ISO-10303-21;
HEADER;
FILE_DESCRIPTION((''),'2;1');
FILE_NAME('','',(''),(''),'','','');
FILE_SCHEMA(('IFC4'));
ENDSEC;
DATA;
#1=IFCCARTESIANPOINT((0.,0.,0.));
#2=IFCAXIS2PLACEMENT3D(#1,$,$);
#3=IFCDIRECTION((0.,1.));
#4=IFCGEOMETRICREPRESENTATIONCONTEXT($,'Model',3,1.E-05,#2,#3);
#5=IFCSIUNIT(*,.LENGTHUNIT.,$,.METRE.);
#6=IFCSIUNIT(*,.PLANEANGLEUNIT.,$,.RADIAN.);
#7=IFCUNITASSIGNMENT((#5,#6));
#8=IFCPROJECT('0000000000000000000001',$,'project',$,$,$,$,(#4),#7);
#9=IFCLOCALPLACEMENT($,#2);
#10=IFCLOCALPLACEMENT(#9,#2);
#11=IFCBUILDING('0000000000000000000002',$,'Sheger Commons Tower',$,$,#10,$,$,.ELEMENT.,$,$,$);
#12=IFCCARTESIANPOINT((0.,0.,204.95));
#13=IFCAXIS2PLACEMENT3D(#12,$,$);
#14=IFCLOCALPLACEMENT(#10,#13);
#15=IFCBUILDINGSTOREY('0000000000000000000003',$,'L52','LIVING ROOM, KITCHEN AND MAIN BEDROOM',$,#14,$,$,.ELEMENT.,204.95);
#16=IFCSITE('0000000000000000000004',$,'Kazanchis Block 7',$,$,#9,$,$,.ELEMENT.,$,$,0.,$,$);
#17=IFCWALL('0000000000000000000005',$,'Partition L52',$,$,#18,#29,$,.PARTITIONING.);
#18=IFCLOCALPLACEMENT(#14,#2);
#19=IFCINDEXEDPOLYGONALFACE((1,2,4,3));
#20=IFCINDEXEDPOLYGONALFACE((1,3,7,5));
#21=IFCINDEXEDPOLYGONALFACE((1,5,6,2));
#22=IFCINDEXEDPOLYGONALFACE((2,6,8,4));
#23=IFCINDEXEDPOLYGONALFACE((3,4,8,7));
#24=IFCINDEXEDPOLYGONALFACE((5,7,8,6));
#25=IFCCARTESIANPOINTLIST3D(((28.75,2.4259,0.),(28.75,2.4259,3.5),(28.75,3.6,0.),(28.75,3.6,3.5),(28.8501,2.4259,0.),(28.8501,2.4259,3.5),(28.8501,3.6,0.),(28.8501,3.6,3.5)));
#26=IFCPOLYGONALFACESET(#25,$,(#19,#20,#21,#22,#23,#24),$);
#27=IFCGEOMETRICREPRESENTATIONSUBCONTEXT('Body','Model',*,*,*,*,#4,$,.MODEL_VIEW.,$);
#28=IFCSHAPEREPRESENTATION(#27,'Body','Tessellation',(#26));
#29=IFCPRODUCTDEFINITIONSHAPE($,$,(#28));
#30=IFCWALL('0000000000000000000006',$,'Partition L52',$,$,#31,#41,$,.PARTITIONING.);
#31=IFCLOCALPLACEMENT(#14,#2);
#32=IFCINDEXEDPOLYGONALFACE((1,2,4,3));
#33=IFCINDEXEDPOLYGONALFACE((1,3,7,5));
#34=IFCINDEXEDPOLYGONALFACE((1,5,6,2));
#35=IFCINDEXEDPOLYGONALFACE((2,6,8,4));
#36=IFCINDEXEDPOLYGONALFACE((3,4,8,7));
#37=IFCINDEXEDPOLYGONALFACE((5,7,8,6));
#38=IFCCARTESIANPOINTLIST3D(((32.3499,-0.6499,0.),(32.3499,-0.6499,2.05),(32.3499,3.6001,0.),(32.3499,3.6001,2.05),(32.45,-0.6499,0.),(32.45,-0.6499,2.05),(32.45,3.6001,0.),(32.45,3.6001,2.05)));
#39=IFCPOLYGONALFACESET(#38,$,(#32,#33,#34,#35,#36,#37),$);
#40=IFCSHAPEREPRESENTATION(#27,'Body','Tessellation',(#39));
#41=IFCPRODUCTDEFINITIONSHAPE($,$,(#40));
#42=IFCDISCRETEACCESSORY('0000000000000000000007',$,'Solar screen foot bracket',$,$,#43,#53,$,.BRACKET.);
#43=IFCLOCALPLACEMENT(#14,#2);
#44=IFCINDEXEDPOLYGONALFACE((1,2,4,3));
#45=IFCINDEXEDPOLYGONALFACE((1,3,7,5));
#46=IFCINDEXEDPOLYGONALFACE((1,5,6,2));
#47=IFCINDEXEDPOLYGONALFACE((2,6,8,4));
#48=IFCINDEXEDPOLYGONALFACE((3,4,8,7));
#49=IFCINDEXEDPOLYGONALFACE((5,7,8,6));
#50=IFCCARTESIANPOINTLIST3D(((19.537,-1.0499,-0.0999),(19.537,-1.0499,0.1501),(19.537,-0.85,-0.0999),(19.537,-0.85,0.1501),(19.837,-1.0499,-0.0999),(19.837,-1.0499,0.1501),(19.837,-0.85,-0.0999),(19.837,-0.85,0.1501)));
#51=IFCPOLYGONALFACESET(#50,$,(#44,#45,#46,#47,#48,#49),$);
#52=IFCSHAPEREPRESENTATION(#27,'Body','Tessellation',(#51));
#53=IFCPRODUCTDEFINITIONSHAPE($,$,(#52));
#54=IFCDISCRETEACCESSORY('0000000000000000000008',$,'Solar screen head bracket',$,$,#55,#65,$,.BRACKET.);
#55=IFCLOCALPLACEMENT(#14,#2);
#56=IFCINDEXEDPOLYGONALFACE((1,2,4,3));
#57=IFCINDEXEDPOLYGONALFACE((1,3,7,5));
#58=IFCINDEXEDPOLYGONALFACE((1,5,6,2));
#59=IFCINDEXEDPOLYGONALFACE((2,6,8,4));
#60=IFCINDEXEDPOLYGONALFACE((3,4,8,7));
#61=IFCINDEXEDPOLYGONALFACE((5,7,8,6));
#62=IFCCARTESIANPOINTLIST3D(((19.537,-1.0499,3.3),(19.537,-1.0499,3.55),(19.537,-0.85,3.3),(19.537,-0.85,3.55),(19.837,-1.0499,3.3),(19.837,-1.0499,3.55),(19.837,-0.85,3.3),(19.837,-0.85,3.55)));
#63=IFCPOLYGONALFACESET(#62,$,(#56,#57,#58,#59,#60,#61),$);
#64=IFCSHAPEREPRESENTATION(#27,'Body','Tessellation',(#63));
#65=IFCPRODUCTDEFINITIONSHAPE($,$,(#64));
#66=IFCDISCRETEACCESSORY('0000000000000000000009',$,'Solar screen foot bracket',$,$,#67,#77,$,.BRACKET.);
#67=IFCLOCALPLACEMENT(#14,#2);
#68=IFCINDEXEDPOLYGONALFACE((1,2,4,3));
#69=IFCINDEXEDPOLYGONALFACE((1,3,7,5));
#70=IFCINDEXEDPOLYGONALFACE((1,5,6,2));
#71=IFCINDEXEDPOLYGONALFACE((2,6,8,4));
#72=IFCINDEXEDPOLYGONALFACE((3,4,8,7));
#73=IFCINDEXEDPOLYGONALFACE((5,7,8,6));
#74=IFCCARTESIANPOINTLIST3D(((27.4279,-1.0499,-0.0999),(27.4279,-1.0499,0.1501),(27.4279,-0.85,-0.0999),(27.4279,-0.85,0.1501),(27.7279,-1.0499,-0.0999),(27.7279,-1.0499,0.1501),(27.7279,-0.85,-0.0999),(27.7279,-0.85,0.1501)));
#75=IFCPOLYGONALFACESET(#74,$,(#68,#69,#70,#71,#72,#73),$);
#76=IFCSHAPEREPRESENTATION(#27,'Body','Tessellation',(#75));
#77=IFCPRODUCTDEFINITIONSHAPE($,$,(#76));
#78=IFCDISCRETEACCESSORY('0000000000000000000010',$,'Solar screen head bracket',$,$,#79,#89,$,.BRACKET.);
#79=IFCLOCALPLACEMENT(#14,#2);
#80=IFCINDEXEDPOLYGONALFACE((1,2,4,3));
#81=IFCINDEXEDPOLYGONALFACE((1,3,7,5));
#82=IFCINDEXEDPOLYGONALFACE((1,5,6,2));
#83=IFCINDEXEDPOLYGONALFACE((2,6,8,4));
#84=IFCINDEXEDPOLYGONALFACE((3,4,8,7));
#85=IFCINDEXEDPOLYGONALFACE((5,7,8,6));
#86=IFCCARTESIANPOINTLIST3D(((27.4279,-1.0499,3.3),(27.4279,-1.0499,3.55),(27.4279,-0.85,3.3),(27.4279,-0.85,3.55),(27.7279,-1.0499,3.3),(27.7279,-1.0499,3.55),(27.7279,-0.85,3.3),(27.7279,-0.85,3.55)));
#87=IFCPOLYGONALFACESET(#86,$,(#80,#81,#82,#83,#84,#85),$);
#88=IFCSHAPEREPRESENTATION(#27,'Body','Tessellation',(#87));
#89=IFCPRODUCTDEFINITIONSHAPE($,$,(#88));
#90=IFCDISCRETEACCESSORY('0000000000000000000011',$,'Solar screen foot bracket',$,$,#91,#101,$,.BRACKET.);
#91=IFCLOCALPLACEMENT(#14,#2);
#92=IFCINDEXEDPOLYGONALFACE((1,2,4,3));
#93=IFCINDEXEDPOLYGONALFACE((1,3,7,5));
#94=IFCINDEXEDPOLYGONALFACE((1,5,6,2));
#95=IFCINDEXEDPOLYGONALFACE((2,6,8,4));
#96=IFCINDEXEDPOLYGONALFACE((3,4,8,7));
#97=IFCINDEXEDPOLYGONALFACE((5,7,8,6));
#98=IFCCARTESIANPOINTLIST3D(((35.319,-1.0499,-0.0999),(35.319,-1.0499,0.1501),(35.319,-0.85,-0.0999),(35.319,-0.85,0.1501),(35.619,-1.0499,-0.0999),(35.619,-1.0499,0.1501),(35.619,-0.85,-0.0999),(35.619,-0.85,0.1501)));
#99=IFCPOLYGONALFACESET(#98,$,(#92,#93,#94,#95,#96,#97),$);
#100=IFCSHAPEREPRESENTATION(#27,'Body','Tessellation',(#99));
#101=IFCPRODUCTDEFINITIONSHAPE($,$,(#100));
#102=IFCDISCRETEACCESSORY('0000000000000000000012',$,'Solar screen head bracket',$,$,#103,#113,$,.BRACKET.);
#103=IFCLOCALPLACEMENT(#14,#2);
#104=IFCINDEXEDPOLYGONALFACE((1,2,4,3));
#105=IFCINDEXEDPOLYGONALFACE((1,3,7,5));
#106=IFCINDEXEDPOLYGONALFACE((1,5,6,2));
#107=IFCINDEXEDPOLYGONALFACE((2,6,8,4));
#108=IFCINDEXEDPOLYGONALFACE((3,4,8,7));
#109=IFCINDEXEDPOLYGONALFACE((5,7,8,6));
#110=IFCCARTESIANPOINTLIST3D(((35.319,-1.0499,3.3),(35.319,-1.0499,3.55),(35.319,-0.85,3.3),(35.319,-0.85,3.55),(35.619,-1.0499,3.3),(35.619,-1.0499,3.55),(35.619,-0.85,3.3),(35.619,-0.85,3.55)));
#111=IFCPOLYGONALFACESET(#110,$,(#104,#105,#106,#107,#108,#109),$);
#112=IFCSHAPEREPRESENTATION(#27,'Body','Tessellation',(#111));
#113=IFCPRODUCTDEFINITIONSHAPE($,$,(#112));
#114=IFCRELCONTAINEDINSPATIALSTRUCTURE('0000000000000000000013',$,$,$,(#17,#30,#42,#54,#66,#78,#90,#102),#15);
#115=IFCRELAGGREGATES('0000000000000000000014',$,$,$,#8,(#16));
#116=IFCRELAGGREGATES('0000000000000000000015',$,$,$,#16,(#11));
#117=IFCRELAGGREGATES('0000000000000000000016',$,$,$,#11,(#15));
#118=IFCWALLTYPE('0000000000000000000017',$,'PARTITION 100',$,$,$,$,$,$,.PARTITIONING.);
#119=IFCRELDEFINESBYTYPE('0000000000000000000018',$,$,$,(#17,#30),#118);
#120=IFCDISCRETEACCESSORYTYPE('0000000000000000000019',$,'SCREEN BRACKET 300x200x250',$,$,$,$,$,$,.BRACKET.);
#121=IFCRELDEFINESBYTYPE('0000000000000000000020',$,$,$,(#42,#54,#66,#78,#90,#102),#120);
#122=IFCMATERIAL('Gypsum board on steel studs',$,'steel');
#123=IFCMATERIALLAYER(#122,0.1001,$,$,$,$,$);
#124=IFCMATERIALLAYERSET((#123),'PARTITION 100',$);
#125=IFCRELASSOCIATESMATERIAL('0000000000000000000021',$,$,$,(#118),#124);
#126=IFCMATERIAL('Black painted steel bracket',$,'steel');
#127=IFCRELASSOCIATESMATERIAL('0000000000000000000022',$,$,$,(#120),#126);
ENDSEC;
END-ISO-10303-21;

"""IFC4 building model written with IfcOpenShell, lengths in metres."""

from ifc_helpers import new_model, si_unit, direction, frame, frame_2d, origin, origin_2d, place, context, subcontext, project, spatial, rectangle, extrude, material, layer, layer_set, type_object, element, save


model = new_model("IFC4")

# Units and contexts
model_context = context("Model", 3, precision=1e-05, world=origin(), true_north=direction((0.0, 1.0)))
body_context = subcontext(model_context, "Body", "Model", "MODEL_VIEW")
ifc_project = project(units=[si_unit("LENGTHUNIT", "METRE"), si_unit("PLANEANGLEUNIT", "RADIAN")], contexts=[model_context])

# Site, building, storey
site_placement = place(None, origin())
site = spatial("IfcSite", under=ifc_project, at=site_placement, Name="Kazanchis Block 7", CompositionType="ELEMENT", RefElevation=0.0)
building_placement = place(site_placement, origin())
building = spatial("IfcBuilding", under=site, at=building_placement, Name="Sheger Commons Tower", CompositionType="ELEMENT")
storey_placement = place(building_placement, frame((0.0, 0.0, 204.95)))
storey = spatial("IfcBuildingStorey", under=building, at=storey_placement, Name="L52", Description="LIVING ROOM, KITCHEN AND MAIN BEDROOM", CompositionType="ELEMENT", Elevation=204.95)

# Shared definitions
ifc_material_1 = material(Name="Gypsum board on steel studs", Category="steel")
ifc_layer_1 = layer(ifc_material_1, 0.1001)
ifc_layer_set_1 = layer_set([ifc_layer_1], Name="PARTITION 100")
wall_type_1 = type_object("IfcWallType", Name="PARTITION 100", PredefinedType="PARTITIONING", material=ifc_layer_set_1)

# Walls
wall_1_placement = place(storey_placement, frame((28.8, 2.426, 0.0), z_axis=(0.0, 0.0, 1.0), x_axis=(0.0, 1.0, 0.0)))
element("IfcWall", 1, at=wall_1_placement, inside=storey, type_object=wall_type_1, Name="Partition L52", PredefinedType="PARTITIONING", context=body_context, shape_type="SweptSolid", body=[
    extrude(rectangle(XDim=1.1741, YDim=0.1001, at=frame_2d((0.5869, 0.0))), origin(), (0.0, 0.0, 1.0), 3.5),
])
wall_2_placement = place(storey_placement, frame((32.3999, -0.6499, 0.0), z_axis=(0.0, 0.0, 1.0), x_axis=(0.0, 1.0, 0.0)))
element("IfcWall", 2, at=wall_2_placement, inside=storey, type_object=wall_type_1, Name="Partition L52", PredefinedType="PARTITIONING", context=body_context, shape_type="SweptSolid", body=[
    extrude(rectangle(XDim=4.25, YDim=0.1001, at=frame_2d((2.125, 0.0))), origin(), (0.0, 0.0, 1.0), 2.05),
])

# Discrete accessories
ifc_material_2 = material(Name="Black painted steel bracket", Category="steel")
discrete_accessory_type = type_object("IfcDiscreteAccessoryType", Name="SCREEN BRACKET 300x200x250", PredefinedType="BRACKET", material=ifc_material_2)
for number, where, z_axis, x_axis, name in (
    (3, (19.687, -0.95, -0.0999), (0.0, 0.0, 1.0), (1.0, 0.0, 0.0), "Solar screen foot bracket"),
    (4, (19.687, -0.95, 3.3), (0.0, 0.0, 1.0), (1.0, 0.0, 0.0), "Solar screen head bracket"),
    (5, (27.5779, -0.95, -0.0999), (0.0, 0.0, 1.0), (1.0, 0.0, 0.0), "Solar screen foot bracket"),
    (6, (27.5779, -0.95, 3.3), (0.0, 0.0, 1.0), (1.0, 0.0, 0.0), "Solar screen head bracket"),
    (7, (35.469, -0.95, -0.0999), (0.0, 0.0, 1.0), (1.0, 0.0, 0.0), "Solar screen foot bracket"),
    (8, (35.469, -0.95, 3.3), (0.0, 0.0, 1.0), (1.0, 0.0, 0.0), "Solar screen head bracket"),
):
    element("IfcDiscreteAccessory", number, at=place(storey_placement, frame(where, z_axis=z_axis, x_axis=x_axis)), inside=storey, type_object=discrete_accessory_type, Name=name, PredefinedType="BRACKET", context=body_context, shape_type="SweptSolid", body=[
        extrude(rectangle(XDim=0.3, YDim=0.2, at=origin_2d()), origin(), (0.0, 0.0, 1.0), 0.25),
    ])

save(model, "model.ifc")
